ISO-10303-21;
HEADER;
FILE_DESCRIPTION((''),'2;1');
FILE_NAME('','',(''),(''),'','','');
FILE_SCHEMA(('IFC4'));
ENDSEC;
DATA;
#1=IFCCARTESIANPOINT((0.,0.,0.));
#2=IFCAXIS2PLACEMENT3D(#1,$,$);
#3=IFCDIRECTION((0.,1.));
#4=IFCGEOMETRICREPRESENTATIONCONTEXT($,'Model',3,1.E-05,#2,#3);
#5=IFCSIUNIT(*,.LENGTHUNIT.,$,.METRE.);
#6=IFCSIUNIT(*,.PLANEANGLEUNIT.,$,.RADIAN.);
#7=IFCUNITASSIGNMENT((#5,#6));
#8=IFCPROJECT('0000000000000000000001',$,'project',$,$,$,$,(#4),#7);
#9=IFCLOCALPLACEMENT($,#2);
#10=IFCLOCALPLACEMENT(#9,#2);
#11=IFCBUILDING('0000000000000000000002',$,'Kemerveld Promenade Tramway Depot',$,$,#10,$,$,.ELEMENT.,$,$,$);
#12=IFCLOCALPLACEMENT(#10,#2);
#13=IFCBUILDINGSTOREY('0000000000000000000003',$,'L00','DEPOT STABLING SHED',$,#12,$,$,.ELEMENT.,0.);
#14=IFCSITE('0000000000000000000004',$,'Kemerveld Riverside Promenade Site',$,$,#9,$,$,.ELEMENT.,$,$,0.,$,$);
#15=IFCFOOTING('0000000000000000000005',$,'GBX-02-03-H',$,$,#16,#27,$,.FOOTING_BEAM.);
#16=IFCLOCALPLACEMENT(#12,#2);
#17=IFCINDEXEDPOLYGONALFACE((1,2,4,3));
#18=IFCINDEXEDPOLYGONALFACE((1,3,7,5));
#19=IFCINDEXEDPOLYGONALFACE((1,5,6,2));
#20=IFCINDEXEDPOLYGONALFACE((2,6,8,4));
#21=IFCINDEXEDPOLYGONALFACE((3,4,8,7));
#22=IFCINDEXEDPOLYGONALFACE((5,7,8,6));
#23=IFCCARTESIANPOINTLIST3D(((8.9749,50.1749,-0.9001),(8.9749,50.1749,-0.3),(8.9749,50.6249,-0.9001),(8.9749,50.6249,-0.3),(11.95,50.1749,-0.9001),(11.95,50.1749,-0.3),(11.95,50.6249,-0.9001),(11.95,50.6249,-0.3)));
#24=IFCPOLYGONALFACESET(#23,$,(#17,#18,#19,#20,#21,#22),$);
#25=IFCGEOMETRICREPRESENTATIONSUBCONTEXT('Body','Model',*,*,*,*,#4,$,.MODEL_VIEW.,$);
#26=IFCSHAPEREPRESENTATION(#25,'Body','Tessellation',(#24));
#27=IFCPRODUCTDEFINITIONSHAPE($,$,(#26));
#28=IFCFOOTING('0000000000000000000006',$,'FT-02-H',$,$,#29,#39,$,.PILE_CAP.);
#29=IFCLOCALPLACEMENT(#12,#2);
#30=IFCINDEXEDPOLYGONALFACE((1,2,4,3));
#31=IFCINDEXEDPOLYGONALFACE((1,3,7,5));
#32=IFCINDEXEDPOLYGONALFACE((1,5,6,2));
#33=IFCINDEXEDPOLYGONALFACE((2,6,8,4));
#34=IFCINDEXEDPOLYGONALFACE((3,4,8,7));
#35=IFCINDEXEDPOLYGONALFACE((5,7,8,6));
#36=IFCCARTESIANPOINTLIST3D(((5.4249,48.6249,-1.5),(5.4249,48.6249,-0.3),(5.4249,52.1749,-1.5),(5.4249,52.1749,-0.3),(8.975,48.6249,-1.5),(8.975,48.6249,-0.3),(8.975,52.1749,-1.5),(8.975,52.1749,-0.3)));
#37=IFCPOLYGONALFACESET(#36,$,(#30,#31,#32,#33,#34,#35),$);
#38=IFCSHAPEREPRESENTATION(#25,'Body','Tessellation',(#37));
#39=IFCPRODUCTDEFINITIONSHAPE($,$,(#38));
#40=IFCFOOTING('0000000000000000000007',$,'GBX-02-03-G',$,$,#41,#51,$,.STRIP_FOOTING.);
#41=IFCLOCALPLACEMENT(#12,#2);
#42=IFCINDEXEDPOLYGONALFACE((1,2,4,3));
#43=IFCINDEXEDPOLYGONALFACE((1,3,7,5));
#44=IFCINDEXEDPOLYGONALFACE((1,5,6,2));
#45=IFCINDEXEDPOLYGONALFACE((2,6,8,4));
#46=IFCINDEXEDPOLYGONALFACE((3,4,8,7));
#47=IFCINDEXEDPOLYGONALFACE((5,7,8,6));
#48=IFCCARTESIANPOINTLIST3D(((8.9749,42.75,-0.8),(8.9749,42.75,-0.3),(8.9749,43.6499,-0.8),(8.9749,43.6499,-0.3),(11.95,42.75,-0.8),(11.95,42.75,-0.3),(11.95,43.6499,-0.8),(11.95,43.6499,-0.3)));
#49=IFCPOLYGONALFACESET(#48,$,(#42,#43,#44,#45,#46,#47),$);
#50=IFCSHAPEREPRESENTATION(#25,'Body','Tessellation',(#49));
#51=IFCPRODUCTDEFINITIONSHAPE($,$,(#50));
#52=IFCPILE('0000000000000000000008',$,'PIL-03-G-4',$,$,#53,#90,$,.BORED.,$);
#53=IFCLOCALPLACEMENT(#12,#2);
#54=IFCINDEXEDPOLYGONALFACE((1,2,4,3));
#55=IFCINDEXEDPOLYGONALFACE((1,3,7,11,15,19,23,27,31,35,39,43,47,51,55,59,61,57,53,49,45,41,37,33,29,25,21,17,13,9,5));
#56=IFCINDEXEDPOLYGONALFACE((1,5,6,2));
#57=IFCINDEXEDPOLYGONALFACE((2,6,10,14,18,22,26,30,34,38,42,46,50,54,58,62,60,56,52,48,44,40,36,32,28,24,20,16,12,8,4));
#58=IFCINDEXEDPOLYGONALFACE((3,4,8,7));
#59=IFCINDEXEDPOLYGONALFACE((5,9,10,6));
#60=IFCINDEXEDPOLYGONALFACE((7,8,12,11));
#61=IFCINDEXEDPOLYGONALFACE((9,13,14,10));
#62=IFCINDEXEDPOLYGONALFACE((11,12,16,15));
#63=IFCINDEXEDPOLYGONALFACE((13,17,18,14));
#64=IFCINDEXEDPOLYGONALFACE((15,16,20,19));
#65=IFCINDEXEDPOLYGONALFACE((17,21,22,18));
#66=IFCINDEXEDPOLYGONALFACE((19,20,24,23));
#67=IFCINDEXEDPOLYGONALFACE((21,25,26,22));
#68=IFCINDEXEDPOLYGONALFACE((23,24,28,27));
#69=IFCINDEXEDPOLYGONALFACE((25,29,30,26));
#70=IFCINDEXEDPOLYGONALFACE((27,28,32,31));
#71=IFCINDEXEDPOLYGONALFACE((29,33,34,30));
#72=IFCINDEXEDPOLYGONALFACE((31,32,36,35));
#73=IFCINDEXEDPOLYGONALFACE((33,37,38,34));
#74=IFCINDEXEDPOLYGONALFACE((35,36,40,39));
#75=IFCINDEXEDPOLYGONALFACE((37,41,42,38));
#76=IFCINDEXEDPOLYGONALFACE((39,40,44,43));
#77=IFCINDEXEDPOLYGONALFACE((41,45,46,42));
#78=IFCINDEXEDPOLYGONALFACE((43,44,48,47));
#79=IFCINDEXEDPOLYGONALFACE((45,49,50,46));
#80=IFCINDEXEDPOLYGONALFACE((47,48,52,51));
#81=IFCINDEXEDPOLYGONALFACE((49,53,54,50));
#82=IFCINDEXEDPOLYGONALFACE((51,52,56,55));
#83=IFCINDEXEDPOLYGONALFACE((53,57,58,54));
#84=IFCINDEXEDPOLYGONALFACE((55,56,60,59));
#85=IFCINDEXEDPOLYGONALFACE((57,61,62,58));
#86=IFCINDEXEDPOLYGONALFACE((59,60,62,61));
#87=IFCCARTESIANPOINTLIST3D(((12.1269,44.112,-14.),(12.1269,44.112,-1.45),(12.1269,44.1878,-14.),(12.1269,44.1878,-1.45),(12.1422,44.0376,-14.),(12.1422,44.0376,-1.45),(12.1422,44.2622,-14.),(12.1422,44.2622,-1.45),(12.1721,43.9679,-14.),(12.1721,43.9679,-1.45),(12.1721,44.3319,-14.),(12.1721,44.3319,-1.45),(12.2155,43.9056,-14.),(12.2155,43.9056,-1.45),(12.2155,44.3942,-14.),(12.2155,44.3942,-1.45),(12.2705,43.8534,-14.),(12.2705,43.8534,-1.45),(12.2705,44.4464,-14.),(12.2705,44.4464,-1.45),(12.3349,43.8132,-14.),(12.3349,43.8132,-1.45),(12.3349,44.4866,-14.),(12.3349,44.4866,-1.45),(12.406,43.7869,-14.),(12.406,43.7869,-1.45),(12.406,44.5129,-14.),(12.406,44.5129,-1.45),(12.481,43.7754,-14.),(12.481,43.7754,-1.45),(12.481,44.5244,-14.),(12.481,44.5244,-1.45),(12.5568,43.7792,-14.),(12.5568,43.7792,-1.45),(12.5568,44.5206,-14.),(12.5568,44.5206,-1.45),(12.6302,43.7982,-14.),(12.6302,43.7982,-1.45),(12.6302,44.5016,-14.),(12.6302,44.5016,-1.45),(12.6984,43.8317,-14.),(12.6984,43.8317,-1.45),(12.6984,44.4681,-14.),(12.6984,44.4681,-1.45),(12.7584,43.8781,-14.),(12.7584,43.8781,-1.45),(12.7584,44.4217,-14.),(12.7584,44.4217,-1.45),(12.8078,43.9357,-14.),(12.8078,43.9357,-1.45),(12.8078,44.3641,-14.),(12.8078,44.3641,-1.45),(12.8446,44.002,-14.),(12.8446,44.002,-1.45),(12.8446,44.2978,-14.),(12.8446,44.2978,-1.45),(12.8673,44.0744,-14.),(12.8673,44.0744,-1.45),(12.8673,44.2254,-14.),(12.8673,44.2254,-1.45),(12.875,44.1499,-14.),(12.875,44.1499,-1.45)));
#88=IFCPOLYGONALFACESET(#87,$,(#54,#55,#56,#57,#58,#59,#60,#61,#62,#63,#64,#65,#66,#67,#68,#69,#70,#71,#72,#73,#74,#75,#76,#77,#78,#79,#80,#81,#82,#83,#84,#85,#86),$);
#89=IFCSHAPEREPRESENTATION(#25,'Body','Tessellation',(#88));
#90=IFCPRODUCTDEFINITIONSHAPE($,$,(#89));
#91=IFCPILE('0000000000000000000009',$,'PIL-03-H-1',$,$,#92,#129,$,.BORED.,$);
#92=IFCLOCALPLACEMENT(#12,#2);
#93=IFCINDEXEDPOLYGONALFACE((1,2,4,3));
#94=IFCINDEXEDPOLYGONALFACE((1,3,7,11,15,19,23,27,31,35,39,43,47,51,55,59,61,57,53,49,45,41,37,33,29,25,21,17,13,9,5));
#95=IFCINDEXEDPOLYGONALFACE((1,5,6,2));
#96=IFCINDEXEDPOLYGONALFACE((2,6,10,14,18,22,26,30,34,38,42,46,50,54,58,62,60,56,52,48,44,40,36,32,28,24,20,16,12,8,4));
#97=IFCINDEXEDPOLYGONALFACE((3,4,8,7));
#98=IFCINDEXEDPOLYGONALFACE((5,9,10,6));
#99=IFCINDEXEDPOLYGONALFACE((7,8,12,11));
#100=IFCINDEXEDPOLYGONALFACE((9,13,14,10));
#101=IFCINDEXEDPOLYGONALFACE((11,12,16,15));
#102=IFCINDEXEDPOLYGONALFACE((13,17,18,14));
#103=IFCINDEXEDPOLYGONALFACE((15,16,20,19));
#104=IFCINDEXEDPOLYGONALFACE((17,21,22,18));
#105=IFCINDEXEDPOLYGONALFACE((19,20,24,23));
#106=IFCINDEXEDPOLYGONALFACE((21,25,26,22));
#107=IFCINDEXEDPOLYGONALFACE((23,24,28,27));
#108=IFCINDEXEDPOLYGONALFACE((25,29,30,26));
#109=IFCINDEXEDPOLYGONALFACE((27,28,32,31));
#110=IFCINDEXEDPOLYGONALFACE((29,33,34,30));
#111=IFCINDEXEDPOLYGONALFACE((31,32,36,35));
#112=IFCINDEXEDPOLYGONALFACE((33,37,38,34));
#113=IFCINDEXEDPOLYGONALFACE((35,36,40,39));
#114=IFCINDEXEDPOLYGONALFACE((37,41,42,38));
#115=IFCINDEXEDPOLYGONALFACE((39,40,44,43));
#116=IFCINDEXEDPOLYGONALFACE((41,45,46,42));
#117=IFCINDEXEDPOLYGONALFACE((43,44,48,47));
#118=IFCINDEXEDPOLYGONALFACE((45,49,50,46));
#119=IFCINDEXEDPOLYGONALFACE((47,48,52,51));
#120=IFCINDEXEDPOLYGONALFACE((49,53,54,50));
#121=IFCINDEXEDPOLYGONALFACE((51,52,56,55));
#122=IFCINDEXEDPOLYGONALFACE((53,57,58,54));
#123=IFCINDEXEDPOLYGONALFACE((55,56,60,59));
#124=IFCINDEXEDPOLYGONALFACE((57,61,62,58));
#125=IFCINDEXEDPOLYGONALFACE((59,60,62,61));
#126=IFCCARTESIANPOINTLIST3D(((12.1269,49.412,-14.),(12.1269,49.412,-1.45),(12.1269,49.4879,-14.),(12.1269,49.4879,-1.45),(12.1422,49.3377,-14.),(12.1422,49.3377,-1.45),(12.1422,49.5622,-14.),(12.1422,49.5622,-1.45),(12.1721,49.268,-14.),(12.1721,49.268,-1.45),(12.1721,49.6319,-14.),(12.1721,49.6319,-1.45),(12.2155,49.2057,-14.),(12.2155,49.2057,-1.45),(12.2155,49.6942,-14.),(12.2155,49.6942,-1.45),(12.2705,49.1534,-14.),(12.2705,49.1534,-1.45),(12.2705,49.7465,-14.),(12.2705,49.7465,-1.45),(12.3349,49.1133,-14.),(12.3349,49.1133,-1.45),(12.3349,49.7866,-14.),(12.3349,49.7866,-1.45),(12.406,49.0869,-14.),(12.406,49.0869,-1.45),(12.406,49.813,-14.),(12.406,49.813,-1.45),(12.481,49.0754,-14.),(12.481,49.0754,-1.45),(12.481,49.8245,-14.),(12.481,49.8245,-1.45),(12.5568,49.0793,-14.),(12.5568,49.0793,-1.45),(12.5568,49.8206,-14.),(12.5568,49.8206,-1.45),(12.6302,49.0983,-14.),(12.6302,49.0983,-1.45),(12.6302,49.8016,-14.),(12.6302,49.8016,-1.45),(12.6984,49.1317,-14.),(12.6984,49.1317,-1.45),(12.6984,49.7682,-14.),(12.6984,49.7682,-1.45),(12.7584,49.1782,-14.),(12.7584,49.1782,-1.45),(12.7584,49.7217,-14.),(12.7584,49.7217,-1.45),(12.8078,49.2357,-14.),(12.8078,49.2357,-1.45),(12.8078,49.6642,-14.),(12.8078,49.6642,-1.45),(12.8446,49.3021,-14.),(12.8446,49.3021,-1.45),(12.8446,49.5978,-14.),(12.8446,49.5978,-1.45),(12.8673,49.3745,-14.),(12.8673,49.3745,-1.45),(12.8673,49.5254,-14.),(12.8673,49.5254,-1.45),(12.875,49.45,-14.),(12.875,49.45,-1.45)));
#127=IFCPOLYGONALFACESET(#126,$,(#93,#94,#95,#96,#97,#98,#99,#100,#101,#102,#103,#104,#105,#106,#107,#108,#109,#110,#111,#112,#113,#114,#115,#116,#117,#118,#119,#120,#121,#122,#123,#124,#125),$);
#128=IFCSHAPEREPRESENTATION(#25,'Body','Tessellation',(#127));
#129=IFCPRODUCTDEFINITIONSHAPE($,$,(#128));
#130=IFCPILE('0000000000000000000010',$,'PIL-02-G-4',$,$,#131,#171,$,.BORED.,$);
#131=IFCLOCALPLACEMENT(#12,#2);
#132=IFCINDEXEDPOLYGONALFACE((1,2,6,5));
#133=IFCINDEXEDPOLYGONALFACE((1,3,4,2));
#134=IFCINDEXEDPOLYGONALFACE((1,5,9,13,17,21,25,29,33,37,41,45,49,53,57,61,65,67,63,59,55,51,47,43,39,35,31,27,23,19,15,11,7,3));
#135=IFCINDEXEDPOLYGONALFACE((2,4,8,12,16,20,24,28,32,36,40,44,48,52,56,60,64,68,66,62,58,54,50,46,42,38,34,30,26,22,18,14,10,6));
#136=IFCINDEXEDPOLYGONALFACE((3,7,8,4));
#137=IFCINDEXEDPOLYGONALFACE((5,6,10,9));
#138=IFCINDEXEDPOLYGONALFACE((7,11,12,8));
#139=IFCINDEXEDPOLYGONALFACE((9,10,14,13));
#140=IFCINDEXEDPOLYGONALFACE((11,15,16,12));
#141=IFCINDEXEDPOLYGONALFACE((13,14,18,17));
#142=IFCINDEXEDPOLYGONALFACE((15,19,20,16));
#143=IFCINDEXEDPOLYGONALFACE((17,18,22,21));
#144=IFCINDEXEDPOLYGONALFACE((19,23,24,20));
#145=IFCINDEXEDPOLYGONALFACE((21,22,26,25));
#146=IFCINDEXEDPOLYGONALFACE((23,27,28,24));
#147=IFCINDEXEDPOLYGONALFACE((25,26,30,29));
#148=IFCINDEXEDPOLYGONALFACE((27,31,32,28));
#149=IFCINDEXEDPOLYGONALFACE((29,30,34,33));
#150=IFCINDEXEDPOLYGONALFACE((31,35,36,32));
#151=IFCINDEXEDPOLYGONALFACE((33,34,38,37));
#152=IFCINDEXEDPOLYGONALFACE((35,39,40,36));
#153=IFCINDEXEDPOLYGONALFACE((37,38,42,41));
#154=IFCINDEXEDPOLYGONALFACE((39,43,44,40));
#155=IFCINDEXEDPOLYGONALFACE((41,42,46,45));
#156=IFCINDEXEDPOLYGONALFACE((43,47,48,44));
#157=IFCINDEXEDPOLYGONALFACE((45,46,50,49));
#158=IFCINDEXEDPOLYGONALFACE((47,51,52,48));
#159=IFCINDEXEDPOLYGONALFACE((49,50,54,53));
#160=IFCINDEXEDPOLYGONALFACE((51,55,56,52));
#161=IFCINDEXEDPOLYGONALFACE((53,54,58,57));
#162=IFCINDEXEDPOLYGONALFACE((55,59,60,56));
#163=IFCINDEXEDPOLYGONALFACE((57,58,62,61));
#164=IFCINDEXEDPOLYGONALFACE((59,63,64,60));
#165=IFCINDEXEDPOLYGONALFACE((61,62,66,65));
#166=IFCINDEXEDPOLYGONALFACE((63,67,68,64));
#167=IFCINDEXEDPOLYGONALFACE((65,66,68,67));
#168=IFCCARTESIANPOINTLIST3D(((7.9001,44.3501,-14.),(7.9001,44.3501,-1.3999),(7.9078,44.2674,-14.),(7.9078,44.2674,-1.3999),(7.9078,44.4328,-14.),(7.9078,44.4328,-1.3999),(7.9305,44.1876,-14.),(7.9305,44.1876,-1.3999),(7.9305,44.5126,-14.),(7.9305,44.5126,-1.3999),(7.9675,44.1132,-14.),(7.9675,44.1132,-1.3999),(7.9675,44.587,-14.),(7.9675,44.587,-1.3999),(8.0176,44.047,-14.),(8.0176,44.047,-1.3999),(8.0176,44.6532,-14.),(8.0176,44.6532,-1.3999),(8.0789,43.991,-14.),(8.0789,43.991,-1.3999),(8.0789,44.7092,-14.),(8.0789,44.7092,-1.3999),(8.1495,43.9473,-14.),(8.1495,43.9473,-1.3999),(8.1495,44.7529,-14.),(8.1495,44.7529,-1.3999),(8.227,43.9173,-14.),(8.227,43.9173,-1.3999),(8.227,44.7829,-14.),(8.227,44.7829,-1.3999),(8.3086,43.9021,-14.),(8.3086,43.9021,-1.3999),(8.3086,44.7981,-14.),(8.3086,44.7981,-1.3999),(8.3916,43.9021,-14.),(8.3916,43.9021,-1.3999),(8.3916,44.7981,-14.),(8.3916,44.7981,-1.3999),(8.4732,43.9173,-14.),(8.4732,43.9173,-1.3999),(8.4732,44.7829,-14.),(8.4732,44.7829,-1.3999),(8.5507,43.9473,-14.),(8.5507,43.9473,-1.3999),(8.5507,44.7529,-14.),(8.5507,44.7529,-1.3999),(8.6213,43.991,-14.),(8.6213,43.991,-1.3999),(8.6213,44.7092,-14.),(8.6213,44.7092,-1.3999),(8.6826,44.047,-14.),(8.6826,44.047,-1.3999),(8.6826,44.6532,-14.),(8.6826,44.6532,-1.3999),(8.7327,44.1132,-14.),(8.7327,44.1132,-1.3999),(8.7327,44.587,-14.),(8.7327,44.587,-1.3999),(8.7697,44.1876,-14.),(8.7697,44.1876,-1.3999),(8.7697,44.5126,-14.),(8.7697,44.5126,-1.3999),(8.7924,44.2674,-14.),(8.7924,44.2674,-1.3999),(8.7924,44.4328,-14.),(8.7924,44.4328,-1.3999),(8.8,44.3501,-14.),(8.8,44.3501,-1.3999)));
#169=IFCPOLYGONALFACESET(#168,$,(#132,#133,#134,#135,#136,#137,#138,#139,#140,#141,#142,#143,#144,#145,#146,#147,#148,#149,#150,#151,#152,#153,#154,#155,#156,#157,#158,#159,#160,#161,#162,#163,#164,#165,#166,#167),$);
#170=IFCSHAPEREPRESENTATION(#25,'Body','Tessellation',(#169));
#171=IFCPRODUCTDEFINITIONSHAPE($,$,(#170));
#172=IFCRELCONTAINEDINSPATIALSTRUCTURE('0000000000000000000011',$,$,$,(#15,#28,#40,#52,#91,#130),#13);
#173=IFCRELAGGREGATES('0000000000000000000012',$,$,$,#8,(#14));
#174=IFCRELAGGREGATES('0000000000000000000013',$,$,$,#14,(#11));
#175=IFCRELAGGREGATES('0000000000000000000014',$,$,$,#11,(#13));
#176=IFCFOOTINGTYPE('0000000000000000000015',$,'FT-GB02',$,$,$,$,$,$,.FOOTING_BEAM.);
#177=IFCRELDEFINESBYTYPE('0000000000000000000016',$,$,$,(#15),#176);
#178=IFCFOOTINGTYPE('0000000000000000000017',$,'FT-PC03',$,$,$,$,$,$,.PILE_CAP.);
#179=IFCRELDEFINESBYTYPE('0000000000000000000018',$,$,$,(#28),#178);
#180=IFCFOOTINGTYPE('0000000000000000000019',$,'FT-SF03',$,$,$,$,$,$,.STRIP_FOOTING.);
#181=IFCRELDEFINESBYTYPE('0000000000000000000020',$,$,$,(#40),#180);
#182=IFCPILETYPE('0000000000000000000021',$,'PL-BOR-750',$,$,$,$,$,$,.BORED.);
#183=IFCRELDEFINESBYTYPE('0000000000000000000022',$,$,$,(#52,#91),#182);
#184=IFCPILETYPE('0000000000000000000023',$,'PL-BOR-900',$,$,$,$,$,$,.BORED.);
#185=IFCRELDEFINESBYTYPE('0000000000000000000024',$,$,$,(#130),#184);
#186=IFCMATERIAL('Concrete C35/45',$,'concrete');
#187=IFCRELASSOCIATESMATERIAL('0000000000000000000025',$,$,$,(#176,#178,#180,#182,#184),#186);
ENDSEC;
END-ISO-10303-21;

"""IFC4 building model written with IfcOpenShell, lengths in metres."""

from ifc_helpers import new_model, si_unit, direction, frame, origin, origin_2d, place, context, subcontext, project, spatial, rectangle, circle, extrude, material, material_profile, profile_set, type_object, element, save


model = new_model("IFC4")

# Units and contexts
model_context = context("Model", 3, precision=1e-05, world=origin(), true_north=direction((0.0, 1.0)))
body_context = subcontext(model_context, "Body", "Model", "MODEL_VIEW")
ifc_project = project(units=[si_unit("LENGTHUNIT", "METRE"), si_unit("PLANEANGLEUNIT", "RADIAN")], contexts=[model_context])

# Site, building, storey
site_placement = place(None, origin())
site = spatial("IfcSite", under=ifc_project, at=site_placement, Name="Kemerveld Riverside Promenade Site", CompositionType="ELEMENT", RefElevation=0.0)
building_placement = place(site_placement, origin())
building = spatial("IfcBuilding", under=site, at=building_placement, Name="Kemerveld Promenade Tramway Depot", CompositionType="ELEMENT")
storey_placement = place(building_placement, origin())
storey = spatial("IfcBuildingStorey", under=building, at=storey_placement, Name="L00", Description="DEPOT STABLING SHED", CompositionType="ELEMENT", Elevation=0.0)

# Footings
ifc_material_1 = material(Name="Concrete C35/45", Category="concrete")
footing_type_1 = type_object("IfcFootingType", Name="FT-GB02", PredefinedType="FOOTING_BEAM", material=ifc_material_1)
footing_1_placement = place(storey_placement, frame((10.4624, 50.3999, -0.9001), z_axis=(0.0, 0.0, 1.0), x_axis=(1.0, 0.0, 0.0)))
element("IfcFooting", 1, at=footing_1_placement, inside=storey, type_object=footing_type_1, Name="GBX-02-03-H", PredefinedType="FOOTING_BEAM", context=body_context, shape_type="SweptSolid", body=[
    extrude(rectangle(XDim=2.9751, YDim=0.45, at=origin_2d()), origin(), (0.0, 0.0, 1.0), 0.6001),
])
footing_type_2 = type_object("IfcFootingType", Name="FT-PC03", PredefinedType="PILE_CAP", material=ifc_material_1)
footing_2_placement = place(storey_placement, frame((7.2, 50.3999, -1.5), z_axis=(0.0, 0.0, 1.0), x_axis=(1.0, 0.0, 0.0)))
element("IfcFooting", 2, at=footing_2_placement, inside=storey, type_object=footing_type_2, Name="FT-02-H", PredefinedType="PILE_CAP", context=body_context, shape_type="SweptSolid", body=[
    extrude(rectangle(XDim=3.55, YDim=3.55, at=origin_2d()), origin(), (0.0, 0.0, 1.0), 1.2),
])
footing_type_3 = type_object("IfcFootingType", Name="FT-SF03", PredefinedType="STRIP_FOOTING", material=ifc_material_1)
footing_3_placement = place(storey_placement, frame((10.4624, 43.2, -0.8), z_axis=(0.0, 0.0, 1.0), x_axis=(1.0, 0.0, 0.0)))
element("IfcFooting", 3, at=footing_3_placement, inside=storey, type_object=footing_type_3, Name="GBX-02-03-G", PredefinedType="STRIP_FOOTING", context=body_context, shape_type="SweptSolid", body=[
    extrude(rectangle(XDim=2.9751, YDim=0.8999, at=origin_2d()), origin(), (0.0, 0.0, 1.0), 0.5),
])

# Piles
ifc_material_profile_1 = material_profile(ifc_material_1, circle(Radius=0.375, at=origin_2d()), Name="PILE-D750")
ifc_profile_set_1 = profile_set([ifc_material_profile_1], Name="Concrete C35/45")
pile_type_1 = type_object("IfcPileType", Name="PL-BOR-750", PredefinedType="BORED", material=ifc_profile_set_1)
for number, where, z_axis, x_axis, name in (
    (4, (12.5, 44.1499, -1.45), (0.0, 0.0, -1.0), (1.0, 0.0, 0.0), "PIL-03-G-4"),
    (5, (12.5, 49.45, -1.45), (0.0, 0.0, -1.0), (1.0, 0.0, 0.0), "PIL-03-H-1"),
):
    element("IfcPile", number, at=place(storey_placement, frame(where, z_axis=z_axis, x_axis=x_axis)), inside=storey, type_object=pile_type_1, Name=name, PredefinedType="BORED", context=body_context, shape_type="SweptSolid", body=[
        extrude(circle(Radius=0.375, at=origin_2d()), origin(), (0.0, 0.0, 1.0), 12.55),
    ])
ifc_material_profile_2 = material_profile(ifc_material_1, circle(Radius=0.45, at=origin_2d()), Name="PILE-D900")
ifc_profile_set_2 = profile_set([ifc_material_profile_2], Name="Concrete C35/45")
pile_type_2 = type_object("IfcPileType", Name="PL-BOR-900", PredefinedType="BORED", material=ifc_profile_set_2)
for number, where, z_axis, x_axis, name in (
    (6, (8.3501, 44.3501, -1.3999), (0.0, 0.0, -1.0), (1.0, 0.0, 0.0), "PIL-02-G-4"),
):
    element("IfcPile", number, at=place(storey_placement, frame(where, z_axis=z_axis, x_axis=x_axis)), inside=storey, type_object=pile_type_2, Name=name, PredefinedType="BORED", context=body_context, shape_type="SweptSolid", body=[
        extrude(circle(Radius=0.45, at=origin_2d()), origin(), (0.0, 0.0, 1.0), 12.6001),
    ])

save(model, "model.ifc")
